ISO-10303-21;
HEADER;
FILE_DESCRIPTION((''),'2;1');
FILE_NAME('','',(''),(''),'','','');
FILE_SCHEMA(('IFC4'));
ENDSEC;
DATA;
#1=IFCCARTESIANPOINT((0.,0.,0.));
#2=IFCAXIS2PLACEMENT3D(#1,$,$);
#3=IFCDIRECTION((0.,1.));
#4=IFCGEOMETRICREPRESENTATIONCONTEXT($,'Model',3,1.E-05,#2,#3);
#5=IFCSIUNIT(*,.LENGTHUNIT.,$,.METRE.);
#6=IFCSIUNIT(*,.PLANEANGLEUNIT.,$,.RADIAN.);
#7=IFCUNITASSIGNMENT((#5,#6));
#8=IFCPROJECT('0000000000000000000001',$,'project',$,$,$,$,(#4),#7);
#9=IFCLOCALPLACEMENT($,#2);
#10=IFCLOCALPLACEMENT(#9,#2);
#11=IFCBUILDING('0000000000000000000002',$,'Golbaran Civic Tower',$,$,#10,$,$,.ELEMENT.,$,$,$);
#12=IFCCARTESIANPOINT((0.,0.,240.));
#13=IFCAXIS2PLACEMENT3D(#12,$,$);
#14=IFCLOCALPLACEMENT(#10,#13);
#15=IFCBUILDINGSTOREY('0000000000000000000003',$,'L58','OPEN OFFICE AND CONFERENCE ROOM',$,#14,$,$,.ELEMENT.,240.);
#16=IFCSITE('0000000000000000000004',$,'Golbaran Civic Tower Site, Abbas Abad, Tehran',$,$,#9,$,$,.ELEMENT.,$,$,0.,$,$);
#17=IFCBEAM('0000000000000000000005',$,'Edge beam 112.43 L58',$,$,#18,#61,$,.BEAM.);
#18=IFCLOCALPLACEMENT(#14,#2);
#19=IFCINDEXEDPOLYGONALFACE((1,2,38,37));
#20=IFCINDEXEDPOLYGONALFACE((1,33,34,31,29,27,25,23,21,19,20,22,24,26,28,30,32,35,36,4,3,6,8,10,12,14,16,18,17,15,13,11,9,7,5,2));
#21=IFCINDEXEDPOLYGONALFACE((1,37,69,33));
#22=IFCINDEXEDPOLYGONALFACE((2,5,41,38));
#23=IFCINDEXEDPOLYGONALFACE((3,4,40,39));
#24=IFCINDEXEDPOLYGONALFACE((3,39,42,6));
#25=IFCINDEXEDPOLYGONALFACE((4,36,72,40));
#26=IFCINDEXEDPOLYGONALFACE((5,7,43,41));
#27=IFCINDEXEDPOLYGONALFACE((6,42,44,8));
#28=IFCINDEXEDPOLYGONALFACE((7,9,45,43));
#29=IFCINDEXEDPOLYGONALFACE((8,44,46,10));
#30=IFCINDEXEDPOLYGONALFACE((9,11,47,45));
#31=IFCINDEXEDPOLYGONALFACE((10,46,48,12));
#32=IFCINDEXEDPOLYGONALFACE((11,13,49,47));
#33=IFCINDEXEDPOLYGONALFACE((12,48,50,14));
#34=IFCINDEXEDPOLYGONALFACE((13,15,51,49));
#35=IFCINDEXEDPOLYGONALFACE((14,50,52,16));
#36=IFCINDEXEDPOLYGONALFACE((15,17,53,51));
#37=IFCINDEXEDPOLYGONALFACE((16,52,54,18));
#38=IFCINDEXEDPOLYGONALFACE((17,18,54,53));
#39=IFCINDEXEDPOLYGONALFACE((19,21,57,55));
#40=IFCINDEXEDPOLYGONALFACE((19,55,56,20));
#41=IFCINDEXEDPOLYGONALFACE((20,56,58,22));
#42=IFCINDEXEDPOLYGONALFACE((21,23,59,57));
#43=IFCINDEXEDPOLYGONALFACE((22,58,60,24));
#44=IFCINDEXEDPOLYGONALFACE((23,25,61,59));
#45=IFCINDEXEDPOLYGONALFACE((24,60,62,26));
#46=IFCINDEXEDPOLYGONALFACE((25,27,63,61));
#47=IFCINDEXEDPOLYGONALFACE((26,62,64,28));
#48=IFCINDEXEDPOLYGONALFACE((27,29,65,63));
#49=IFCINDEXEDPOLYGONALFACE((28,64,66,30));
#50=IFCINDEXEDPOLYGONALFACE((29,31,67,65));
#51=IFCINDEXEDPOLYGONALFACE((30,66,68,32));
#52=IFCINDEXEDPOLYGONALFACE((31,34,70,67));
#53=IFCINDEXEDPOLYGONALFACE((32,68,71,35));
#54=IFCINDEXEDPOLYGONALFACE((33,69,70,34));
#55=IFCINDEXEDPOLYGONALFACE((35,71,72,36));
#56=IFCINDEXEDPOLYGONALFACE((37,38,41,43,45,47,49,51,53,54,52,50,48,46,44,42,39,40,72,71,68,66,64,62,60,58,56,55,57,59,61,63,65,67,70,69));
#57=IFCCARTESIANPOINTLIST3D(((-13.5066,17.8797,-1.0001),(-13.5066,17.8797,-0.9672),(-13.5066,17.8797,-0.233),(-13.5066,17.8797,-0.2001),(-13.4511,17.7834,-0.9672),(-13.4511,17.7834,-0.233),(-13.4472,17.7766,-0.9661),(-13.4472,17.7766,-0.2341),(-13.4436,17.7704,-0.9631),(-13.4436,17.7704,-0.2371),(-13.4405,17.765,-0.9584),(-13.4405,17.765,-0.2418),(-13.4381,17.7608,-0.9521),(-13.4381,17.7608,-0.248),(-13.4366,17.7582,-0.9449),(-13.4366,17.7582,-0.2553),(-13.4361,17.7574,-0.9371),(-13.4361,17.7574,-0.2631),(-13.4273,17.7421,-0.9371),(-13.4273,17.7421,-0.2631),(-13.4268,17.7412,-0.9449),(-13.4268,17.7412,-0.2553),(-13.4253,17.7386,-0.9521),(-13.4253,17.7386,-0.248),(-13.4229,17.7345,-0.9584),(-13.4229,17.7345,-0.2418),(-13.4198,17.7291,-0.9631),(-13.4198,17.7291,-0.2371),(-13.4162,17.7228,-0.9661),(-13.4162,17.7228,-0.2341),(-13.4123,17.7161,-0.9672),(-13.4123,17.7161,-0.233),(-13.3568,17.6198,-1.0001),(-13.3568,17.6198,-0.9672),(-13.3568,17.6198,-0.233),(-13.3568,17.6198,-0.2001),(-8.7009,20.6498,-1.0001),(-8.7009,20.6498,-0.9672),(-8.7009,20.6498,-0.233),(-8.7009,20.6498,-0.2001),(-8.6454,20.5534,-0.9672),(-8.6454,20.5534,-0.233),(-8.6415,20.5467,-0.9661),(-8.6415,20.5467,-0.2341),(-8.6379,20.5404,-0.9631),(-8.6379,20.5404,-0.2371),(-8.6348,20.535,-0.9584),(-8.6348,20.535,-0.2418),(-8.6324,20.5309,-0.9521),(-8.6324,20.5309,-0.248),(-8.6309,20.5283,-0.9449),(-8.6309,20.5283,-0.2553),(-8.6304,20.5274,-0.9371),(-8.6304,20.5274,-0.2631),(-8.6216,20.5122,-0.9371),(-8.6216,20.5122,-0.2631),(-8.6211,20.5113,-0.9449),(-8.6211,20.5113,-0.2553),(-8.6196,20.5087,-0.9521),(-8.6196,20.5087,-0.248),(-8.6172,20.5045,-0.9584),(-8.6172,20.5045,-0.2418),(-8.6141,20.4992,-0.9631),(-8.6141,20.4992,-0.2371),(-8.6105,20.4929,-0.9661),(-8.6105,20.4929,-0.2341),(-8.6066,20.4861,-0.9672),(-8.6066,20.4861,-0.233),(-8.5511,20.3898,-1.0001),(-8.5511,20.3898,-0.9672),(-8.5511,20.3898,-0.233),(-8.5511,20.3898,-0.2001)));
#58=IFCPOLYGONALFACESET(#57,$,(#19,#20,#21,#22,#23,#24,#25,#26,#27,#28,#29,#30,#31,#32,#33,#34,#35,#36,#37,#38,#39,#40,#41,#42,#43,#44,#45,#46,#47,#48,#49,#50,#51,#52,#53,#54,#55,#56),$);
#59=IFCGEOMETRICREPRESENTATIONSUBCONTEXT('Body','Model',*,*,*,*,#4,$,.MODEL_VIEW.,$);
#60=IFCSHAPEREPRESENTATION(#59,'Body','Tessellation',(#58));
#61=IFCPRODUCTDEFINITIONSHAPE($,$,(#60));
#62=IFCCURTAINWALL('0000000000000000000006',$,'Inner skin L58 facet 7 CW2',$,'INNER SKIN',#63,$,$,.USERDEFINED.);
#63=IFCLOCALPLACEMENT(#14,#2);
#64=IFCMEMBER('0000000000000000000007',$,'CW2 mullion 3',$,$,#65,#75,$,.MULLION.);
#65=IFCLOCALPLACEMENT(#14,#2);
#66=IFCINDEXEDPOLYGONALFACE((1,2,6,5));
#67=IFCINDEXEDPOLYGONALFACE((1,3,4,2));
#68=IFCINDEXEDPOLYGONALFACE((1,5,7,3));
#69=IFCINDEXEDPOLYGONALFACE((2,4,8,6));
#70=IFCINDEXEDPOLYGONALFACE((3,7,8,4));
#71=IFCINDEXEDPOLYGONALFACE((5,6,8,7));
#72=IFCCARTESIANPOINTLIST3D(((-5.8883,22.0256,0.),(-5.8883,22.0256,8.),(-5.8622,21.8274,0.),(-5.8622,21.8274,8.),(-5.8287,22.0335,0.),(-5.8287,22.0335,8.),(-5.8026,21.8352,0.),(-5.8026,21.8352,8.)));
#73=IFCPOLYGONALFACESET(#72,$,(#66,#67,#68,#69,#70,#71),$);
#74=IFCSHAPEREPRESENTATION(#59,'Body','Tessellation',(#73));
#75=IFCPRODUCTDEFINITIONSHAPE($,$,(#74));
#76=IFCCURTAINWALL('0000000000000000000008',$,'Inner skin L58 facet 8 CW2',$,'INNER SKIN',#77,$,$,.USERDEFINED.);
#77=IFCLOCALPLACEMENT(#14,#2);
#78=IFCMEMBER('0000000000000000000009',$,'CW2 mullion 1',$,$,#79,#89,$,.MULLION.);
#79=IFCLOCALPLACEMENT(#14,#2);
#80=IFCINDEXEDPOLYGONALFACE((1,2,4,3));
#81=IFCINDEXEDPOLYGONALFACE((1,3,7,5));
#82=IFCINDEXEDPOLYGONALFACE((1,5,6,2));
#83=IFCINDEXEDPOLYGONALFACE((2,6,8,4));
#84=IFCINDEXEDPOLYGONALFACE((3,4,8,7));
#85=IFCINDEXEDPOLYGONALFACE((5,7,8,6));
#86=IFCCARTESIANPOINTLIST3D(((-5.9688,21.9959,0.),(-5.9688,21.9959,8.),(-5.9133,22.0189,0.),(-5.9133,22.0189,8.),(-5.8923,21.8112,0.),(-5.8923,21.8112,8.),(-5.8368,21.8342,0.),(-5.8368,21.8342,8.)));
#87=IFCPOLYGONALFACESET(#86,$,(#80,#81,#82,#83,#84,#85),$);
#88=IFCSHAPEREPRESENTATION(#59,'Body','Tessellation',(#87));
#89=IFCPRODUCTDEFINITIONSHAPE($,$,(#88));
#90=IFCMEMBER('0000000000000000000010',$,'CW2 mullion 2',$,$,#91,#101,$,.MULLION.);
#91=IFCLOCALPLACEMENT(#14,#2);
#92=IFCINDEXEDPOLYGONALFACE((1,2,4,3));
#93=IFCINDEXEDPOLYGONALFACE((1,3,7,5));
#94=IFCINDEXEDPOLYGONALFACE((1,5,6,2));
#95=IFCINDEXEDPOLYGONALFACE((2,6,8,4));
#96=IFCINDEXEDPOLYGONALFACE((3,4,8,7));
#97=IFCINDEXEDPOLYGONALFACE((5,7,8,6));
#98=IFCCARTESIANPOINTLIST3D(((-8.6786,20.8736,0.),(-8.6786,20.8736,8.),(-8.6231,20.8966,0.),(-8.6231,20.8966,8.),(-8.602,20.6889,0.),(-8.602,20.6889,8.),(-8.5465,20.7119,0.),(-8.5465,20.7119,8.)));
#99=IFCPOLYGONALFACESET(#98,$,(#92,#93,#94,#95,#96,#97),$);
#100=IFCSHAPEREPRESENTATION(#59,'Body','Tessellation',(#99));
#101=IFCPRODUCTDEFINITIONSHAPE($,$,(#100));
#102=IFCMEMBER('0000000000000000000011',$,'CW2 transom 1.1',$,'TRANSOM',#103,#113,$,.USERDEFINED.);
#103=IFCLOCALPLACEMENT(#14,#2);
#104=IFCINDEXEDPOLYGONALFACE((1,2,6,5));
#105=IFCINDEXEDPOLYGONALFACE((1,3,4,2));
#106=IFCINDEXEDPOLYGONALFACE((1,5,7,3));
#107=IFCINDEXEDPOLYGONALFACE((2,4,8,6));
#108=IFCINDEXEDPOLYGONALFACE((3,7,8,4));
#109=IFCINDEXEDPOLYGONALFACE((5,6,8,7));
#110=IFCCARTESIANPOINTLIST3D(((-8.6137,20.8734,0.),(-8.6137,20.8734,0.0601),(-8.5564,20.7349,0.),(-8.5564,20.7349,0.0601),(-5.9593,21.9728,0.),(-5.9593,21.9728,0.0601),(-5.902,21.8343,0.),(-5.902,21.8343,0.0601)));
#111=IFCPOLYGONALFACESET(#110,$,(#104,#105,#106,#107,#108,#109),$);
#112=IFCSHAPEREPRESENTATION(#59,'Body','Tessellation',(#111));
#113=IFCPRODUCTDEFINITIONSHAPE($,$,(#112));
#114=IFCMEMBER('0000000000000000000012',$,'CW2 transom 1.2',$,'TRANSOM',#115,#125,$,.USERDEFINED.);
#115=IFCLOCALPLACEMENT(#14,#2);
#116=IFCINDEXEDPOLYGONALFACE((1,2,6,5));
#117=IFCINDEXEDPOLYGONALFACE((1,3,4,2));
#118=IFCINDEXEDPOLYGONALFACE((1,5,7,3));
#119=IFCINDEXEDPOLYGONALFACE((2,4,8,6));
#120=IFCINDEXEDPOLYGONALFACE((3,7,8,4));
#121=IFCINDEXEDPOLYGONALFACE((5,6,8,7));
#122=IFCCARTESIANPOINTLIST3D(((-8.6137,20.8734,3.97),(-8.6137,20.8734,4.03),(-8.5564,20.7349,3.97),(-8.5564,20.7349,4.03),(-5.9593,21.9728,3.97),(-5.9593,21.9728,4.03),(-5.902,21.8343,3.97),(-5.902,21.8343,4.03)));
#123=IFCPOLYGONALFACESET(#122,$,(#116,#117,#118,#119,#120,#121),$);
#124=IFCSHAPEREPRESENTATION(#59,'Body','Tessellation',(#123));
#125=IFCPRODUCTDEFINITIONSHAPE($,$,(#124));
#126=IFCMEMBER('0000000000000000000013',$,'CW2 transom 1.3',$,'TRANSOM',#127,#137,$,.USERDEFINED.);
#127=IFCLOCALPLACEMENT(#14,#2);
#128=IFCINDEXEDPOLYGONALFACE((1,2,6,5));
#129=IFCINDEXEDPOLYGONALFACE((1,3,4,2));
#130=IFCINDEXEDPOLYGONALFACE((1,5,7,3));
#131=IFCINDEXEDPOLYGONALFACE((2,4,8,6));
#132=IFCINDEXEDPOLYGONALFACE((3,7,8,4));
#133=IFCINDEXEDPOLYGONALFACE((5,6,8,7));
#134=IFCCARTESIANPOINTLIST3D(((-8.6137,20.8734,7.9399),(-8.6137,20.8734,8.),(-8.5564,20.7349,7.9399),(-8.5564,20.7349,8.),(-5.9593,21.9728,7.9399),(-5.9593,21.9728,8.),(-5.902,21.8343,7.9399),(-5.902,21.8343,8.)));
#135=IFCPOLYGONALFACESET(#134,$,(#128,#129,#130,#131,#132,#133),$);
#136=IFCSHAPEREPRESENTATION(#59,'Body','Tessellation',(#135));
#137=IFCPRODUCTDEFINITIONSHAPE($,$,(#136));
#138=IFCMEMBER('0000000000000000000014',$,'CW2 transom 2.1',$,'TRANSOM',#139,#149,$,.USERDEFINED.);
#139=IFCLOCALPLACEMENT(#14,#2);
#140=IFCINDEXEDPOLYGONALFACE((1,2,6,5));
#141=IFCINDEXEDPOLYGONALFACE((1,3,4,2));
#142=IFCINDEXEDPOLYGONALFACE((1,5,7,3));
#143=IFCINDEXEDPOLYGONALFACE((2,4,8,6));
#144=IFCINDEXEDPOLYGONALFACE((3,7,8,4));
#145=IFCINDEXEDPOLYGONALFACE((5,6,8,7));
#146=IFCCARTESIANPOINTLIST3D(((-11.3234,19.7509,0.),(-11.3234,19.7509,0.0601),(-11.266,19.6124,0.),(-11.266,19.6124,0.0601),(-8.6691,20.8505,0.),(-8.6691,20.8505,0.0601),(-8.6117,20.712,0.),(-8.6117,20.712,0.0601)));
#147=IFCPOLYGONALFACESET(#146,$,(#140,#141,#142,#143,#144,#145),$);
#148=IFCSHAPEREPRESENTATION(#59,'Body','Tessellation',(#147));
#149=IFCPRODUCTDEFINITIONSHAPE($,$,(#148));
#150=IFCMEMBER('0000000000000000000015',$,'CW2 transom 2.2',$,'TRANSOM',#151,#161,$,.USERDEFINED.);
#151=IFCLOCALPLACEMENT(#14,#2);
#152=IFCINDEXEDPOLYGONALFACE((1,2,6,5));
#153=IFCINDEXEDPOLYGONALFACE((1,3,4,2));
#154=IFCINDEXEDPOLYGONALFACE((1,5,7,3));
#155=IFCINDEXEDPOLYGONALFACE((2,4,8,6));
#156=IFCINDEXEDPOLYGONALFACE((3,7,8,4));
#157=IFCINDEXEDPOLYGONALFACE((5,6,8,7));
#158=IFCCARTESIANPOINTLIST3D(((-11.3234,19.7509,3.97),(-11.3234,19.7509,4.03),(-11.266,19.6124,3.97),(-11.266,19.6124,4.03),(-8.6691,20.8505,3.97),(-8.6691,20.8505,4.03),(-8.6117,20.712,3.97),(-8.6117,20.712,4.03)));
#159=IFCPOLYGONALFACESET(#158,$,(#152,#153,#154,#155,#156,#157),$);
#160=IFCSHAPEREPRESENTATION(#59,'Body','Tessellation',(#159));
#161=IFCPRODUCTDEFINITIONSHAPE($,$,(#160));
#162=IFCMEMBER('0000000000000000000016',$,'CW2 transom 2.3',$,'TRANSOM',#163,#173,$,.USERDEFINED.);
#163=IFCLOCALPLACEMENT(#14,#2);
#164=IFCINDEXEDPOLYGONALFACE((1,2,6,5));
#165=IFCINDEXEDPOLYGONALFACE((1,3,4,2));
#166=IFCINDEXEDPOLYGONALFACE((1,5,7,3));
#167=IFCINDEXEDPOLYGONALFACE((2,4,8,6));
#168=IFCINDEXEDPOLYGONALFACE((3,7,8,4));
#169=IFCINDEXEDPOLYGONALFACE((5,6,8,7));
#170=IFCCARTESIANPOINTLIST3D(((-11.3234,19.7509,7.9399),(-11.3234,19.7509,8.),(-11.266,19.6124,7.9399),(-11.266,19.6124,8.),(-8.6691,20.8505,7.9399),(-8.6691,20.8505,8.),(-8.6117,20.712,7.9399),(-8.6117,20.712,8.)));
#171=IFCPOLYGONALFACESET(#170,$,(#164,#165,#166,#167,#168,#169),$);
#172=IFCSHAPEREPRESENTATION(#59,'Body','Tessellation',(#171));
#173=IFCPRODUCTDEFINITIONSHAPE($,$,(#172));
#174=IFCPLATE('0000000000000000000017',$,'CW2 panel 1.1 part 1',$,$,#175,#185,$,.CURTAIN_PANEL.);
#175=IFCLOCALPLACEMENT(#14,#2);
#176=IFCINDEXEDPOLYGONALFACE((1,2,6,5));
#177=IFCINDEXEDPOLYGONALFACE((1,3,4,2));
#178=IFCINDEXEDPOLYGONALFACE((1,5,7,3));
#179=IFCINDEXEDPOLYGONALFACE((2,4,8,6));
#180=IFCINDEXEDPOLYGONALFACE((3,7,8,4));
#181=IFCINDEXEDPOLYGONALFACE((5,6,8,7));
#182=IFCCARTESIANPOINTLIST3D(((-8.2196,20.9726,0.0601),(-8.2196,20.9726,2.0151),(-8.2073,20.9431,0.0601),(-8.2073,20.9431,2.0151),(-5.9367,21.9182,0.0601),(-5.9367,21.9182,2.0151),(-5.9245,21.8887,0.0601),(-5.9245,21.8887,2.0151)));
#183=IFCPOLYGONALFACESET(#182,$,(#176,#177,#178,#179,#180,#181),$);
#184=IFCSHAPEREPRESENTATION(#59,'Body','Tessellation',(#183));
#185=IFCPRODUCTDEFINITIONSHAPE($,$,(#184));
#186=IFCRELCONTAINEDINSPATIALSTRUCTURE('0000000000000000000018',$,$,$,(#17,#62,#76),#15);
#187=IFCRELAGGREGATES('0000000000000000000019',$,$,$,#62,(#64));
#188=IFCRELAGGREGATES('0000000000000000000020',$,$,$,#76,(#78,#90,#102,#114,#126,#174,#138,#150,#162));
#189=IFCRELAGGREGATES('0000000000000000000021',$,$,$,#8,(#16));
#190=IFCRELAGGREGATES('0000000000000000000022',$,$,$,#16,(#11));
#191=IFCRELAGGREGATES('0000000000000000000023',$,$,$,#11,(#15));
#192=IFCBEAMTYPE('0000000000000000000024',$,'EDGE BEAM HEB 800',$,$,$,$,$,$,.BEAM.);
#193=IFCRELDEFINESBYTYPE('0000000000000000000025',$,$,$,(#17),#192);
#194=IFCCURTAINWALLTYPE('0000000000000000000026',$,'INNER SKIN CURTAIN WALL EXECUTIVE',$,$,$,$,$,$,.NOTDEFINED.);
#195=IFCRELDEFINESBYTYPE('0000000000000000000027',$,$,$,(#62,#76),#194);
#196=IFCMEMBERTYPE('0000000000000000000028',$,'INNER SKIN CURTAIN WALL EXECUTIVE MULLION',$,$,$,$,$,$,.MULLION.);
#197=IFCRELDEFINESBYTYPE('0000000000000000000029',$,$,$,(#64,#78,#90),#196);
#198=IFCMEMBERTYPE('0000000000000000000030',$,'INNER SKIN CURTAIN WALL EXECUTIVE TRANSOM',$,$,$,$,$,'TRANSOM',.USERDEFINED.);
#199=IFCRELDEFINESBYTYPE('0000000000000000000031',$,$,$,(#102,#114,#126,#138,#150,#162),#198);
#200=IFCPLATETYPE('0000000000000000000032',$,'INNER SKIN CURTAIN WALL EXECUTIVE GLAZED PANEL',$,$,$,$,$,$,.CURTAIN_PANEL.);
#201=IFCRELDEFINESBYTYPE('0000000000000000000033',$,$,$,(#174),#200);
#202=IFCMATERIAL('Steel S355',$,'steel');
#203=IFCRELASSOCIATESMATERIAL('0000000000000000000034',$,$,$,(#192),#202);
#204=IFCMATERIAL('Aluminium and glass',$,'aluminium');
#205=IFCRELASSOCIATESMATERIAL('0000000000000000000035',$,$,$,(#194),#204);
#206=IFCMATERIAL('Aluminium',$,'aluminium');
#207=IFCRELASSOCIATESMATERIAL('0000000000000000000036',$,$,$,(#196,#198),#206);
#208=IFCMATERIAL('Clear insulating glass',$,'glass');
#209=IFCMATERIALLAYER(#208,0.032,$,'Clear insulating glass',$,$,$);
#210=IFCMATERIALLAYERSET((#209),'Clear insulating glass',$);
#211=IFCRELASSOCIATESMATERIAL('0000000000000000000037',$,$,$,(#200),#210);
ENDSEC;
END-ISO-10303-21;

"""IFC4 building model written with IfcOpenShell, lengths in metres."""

from ifc_helpers import new_model, si_unit, direction, frame, origin, origin_2d, place, context, subcontext, project, spatial, rectangle, i_section, extrude, material, layer, layer_set, material_profile, profile_set, type_object, element, aggregate, save


model = new_model("IFC4")

# Units and contexts
model_context = context("Model", 3, precision=1e-05, world=origin(), true_north=direction((0.0, 1.0)))
body_context = subcontext(model_context, "Body", "Model", "MODEL_VIEW")
ifc_project = project(units=[si_unit("LENGTHUNIT", "METRE"), si_unit("PLANEANGLEUNIT", "RADIAN")], contexts=[model_context])

# Site, building, storey
site_placement = place(None, origin())
site = spatial("IfcSite", under=ifc_project, at=site_placement, Name="Golbaran Civic Tower Site, Abbas Abad, Tehran", CompositionType="ELEMENT", RefElevation=0.0)
building_placement = place(site_placement, origin())
building = spatial("IfcBuilding", under=site, at=building_placement, Name="Golbaran Civic Tower", CompositionType="ELEMENT")
storey_placement = place(building_placement, frame((0.0, 0.0, 240.0)))
storey = spatial("IfcBuildingStorey", under=building, at=storey_placement, Name="L58", Description="OPEN OFFICE AND CONFERENCE ROOM", CompositionType="ELEMENT", Elevation=240.0)

# Beam
ifc_material_1 = material(Name="Steel S355", Category="steel")
ifc_material_profile_1 = material_profile(ifc_material_1, i_section(OverallWidth=0.3, OverallDepth=0.8, WebThickness=0.0176, FlangeThickness=0.033, FilletRadius=0.03, at=origin_2d()), Name="HEB 800")
ifc_profile_set_1 = profile_set([ifc_material_profile_1], Name="Steel S355")
beam_type = type_object("IfcBeamType", Name="EDGE BEAM HEB 800", PredefinedType="BEAM", material=ifc_profile_set_1)
beam_placement = place(storey_placement, frame((-8.626, 20.5198, -0.6001), z_axis=(-0.866379, -0.499387, 0.0), x_axis=(0.499387, -0.866379, 0.0)))
element("IfcBeam", 1, at=beam_placement, inside=storey, type_object=beam_type, Name="Edge beam 112.43 L58", PredefinedType="BEAM", context=body_context, shape_type="SweptSolid", body=[
    extrude(i_section(OverallWidth=0.3, OverallDepth=0.8, WebThickness=0.0176, FlangeThickness=0.033, FilletRadius=0.03, at=origin_2d()), origin(), (0.0, 0.0, 1.0), 5.5469),
])

# Curtain wall, member
ifc_material_2 = material(Name="Aluminium and glass", Category="aluminium")
curtain_wall_type = type_object("IfcCurtainWallType", Name="INNER SKIN CURTAIN WALL EXECUTIVE", PredefinedType="NOTDEFINED", material=ifc_material_2)
curtain_wall_1_placement = place(storey_placement, origin())
curtain_wall_1 = element("IfcCurtainWall", 2, at=curtain_wall_1_placement, inside=storey, type_object=curtain_wall_type, Name="Inner skin L58 facet 7 CW2", ObjectType="INNER SKIN", PredefinedType="USERDEFINED")
ifc_material_3 = material(Name="Aluminium", Category="aluminium")
ifc_material_profile_2 = material_profile(ifc_material_3, rectangle(XDim=0.2, YDim=0.0601, at=origin_2d()), Name="INNER SKIN CURTAIN WALL EXECUTIVE MULLION")
ifc_profile_set_2 = profile_set([ifc_material_profile_2], Name="Aluminium")
member_type_1 = type_object("IfcMemberType", Name="INNER SKIN CURTAIN WALL EXECUTIVE MULLION", PredefinedType="MULLION", material=ifc_profile_set_2)
member_1_placement = place(storey_placement, frame((-5.8455, 21.9304, 0.0), z_axis=(0.0, 0.0, 1.0), x_axis=(0.130526, -0.991445, 0.0)))
member_1 = element("IfcMember", 3, at=member_1_placement, type_object=member_type_1, Name="CW2 mullion 3", PredefinedType="MULLION", context=body_context, shape_type="SweptSolid", body=[
    extrude(rectangle(XDim=0.2, YDim=0.0601, at=origin_2d()), origin(), (0.0, 0.0, 1.0), 8.0),
])
aggregate(curtain_wall_1, [member_1])

# Curtain wall, members, plate
curtain_wall_2_placement = place(storey_placement, origin())
curtain_wall_2 = element("IfcCurtainWall", 4, at=curtain_wall_2_placement, inside=storey, type_object=curtain_wall_type, Name="Inner skin L58 facet 8 CW2", ObjectType="INNER SKIN", PredefinedType="USERDEFINED")
member_2_placement = place(storey_placement, frame((-5.9028, 21.915, 0.0), z_axis=(0.0, 0.0, 1.0), x_axis=(0.382683, -0.92388, 0.0)))
member_2 = element("IfcMember", 5, at=member_2_placement, type_object=member_type_1, Name="CW2 mullion 1", PredefinedType="MULLION", context=body_context, shape_type="SweptSolid", body=[
    extrude(rectangle(XDim=0.2, YDim=0.0601, at=origin_2d()), origin(), (0.0, 0.0, 1.0), 8.0),
])
member_3_placement = place(storey_placement, frame((-8.6125, 20.7927, 0.0), z_axis=(0.0, 0.0, 1.0), x_axis=(0.382683, -0.92388, 0.0)))
member_3 = element("IfcMember", 6, at=member_3_placement, type_object=member_type_1, Name="CW2 mullion 2", PredefinedType="MULLION", context=body_context, shape_type="SweptSolid", body=[
    extrude(rectangle(XDim=0.2, YDim=0.0601, at=origin_2d()), origin(), (0.0, 0.0, 1.0), 8.0),
])
ifc_material_profile_3 = material_profile(ifc_material_3, rectangle(XDim=0.1499, YDim=0.0601, at=origin_2d()), Name="INNER SKIN CURTAIN WALL EXECUTIVE TRANSOM")
ifc_profile_set_3 = profile_set([ifc_material_profile_3], Name="Aluminium")
member_type_2 = type_object("IfcMemberType", Name="INNER SKIN CURTAIN WALL EXECUTIVE TRANSOM", ElementType="TRANSOM", PredefinedType="USERDEFINED", material=ifc_profile_set_3)
member_4_placement = place(storey_placement, frame((-5.9307, 21.9036, 0.03), z_axis=(-0.923889, -0.38266, 0.0), x_axis=(0.38266, -0.923889, 0.0)))
member_4 = element("IfcMember", 7, at=member_4_placement, type_object=member_type_2, Name="CW2 transom 1.1", ObjectType="TRANSOM", PredefinedType="USERDEFINED", context=body_context, shape_type="SweptSolid", body=[
    extrude(rectangle(XDim=0.1499, YDim=0.0601, at=origin_2d()), origin(), (0.0, 0.0, 1.0), 2.873),
])
member_5_placement = place(storey_placement, frame((-5.9307, 21.9036, 4.0), z_axis=(-0.923889, -0.38266, 0.0), x_axis=(0.38266, -0.923889, 0.0)))
member_5 = element("IfcMember", 8, at=member_5_placement, type_object=member_type_2, Name="CW2 transom 1.2", ObjectType="TRANSOM", PredefinedType="USERDEFINED", context=body_context, shape_type="SweptSolid", body=[
    extrude(rectangle(XDim=0.1499, YDim=0.0601, at=origin_2d()), origin(), (0.0, 0.0, 1.0), 2.873),
])
member_6_placement = place(storey_placement, frame((-5.9307, 21.9036, 7.97), z_axis=(-0.923889, -0.38266, 0.0), x_axis=(0.38266, -0.923889, 0.0)))
member_6 = element("IfcMember", 9, at=member_6_placement, type_object=member_type_2, Name="CW2 transom 1.3", ObjectType="TRANSOM", PredefinedType="USERDEFINED", context=body_context, shape_type="SweptSolid", body=[
    extrude(rectangle(XDim=0.1499, YDim=0.0601, at=origin_2d()), origin(), (0.0, 0.0, 1.0), 2.873),
])
member_7_placement = place(storey_placement, frame((-8.6404, 20.7812, 0.03), z_axis=(-0.923859, -0.382732, 0.0), x_axis=(0.382732, -0.923859, 0.0)))
member_7 = element("IfcMember", 10, at=member_7_placement, type_object=member_type_2, Name="CW2 transom 2.1", ObjectType="TRANSOM", PredefinedType="USERDEFINED", context=body_context, shape_type="SweptSolid", body=[
    extrude(rectangle(XDim=0.1499, YDim=0.0601, at=origin_2d()), origin(), (0.0, 0.0, 1.0), 2.873),
])
member_8_placement = place(storey_placement, frame((-8.6404, 20.7812, 4.0), z_axis=(-0.923859, -0.382732, 0.0), x_axis=(0.382732, -0.923859, 0.0)))
member_8 = element("IfcMember", 11, at=member_8_placement, type_object=member_type_2, Name="CW2 transom 2.2", ObjectType="TRANSOM", PredefinedType="USERDEFINED", context=body_context, shape_type="SweptSolid", body=[
    extrude(rectangle(XDim=0.1499, YDim=0.0601, at=origin_2d()), origin(), (0.0, 0.0, 1.0), 2.873),
])
member_9_placement = place(storey_placement, frame((-8.6404, 20.7812, 7.97), z_axis=(-0.923859, -0.382732, 0.0), x_axis=(0.382732, -0.923859, 0.0)))
member_9 = element("IfcMember", 12, at=member_9_placement, type_object=member_type_2, Name="CW2 transom 2.3", ObjectType="TRANSOM", PredefinedType="USERDEFINED", context=body_context, shape_type="SweptSolid", body=[
    extrude(rectangle(XDim=0.1499, YDim=0.0601, at=origin_2d()), origin(), (0.0, 0.0, 1.0), 2.873),
])
ifc_material_4 = material(Name="Clear insulating glass", Category="glass")
ifc_layer_1 = layer(ifc_material_4, 0.032, Name="Clear insulating glass")
ifc_layer_set_1 = layer_set([ifc_layer_1], Name="Clear insulating glass")
plate_type_1 = type_object("IfcPlateType", Name="INNER SKIN CURTAIN WALL EXECUTIVE GLAZED PANEL", PredefinedType="CURTAIN_PANEL", material=ifc_layer_set_1)
plate_1_placement = place(storey_placement, frame((-7.072, 21.4307, 0.0601), z_axis=(0.0, 0.0, 1.0), x_axis=(-0.92388, -0.382683, 0.0)))
plate_1 = element("IfcPlate", 13, at=plate_1_placement, type_object=plate_type_1, Name="CW2 panel 1.1 part 1", PredefinedType="CURTAIN_PANEL", context=body_context, shape_type="SweptSolid", body=[
    extrude(rectangle(XDim=2.4709, YDim=0.032, at=origin_2d()), origin(), (0.0, 0.0, 1.0), 1.9551),
])
aggregate(curtain_wall_2, [member_2, member_3, member_4, member_5, member_6, plate_1, member_7, member_8, member_9])

save(model, "model.ifc")
